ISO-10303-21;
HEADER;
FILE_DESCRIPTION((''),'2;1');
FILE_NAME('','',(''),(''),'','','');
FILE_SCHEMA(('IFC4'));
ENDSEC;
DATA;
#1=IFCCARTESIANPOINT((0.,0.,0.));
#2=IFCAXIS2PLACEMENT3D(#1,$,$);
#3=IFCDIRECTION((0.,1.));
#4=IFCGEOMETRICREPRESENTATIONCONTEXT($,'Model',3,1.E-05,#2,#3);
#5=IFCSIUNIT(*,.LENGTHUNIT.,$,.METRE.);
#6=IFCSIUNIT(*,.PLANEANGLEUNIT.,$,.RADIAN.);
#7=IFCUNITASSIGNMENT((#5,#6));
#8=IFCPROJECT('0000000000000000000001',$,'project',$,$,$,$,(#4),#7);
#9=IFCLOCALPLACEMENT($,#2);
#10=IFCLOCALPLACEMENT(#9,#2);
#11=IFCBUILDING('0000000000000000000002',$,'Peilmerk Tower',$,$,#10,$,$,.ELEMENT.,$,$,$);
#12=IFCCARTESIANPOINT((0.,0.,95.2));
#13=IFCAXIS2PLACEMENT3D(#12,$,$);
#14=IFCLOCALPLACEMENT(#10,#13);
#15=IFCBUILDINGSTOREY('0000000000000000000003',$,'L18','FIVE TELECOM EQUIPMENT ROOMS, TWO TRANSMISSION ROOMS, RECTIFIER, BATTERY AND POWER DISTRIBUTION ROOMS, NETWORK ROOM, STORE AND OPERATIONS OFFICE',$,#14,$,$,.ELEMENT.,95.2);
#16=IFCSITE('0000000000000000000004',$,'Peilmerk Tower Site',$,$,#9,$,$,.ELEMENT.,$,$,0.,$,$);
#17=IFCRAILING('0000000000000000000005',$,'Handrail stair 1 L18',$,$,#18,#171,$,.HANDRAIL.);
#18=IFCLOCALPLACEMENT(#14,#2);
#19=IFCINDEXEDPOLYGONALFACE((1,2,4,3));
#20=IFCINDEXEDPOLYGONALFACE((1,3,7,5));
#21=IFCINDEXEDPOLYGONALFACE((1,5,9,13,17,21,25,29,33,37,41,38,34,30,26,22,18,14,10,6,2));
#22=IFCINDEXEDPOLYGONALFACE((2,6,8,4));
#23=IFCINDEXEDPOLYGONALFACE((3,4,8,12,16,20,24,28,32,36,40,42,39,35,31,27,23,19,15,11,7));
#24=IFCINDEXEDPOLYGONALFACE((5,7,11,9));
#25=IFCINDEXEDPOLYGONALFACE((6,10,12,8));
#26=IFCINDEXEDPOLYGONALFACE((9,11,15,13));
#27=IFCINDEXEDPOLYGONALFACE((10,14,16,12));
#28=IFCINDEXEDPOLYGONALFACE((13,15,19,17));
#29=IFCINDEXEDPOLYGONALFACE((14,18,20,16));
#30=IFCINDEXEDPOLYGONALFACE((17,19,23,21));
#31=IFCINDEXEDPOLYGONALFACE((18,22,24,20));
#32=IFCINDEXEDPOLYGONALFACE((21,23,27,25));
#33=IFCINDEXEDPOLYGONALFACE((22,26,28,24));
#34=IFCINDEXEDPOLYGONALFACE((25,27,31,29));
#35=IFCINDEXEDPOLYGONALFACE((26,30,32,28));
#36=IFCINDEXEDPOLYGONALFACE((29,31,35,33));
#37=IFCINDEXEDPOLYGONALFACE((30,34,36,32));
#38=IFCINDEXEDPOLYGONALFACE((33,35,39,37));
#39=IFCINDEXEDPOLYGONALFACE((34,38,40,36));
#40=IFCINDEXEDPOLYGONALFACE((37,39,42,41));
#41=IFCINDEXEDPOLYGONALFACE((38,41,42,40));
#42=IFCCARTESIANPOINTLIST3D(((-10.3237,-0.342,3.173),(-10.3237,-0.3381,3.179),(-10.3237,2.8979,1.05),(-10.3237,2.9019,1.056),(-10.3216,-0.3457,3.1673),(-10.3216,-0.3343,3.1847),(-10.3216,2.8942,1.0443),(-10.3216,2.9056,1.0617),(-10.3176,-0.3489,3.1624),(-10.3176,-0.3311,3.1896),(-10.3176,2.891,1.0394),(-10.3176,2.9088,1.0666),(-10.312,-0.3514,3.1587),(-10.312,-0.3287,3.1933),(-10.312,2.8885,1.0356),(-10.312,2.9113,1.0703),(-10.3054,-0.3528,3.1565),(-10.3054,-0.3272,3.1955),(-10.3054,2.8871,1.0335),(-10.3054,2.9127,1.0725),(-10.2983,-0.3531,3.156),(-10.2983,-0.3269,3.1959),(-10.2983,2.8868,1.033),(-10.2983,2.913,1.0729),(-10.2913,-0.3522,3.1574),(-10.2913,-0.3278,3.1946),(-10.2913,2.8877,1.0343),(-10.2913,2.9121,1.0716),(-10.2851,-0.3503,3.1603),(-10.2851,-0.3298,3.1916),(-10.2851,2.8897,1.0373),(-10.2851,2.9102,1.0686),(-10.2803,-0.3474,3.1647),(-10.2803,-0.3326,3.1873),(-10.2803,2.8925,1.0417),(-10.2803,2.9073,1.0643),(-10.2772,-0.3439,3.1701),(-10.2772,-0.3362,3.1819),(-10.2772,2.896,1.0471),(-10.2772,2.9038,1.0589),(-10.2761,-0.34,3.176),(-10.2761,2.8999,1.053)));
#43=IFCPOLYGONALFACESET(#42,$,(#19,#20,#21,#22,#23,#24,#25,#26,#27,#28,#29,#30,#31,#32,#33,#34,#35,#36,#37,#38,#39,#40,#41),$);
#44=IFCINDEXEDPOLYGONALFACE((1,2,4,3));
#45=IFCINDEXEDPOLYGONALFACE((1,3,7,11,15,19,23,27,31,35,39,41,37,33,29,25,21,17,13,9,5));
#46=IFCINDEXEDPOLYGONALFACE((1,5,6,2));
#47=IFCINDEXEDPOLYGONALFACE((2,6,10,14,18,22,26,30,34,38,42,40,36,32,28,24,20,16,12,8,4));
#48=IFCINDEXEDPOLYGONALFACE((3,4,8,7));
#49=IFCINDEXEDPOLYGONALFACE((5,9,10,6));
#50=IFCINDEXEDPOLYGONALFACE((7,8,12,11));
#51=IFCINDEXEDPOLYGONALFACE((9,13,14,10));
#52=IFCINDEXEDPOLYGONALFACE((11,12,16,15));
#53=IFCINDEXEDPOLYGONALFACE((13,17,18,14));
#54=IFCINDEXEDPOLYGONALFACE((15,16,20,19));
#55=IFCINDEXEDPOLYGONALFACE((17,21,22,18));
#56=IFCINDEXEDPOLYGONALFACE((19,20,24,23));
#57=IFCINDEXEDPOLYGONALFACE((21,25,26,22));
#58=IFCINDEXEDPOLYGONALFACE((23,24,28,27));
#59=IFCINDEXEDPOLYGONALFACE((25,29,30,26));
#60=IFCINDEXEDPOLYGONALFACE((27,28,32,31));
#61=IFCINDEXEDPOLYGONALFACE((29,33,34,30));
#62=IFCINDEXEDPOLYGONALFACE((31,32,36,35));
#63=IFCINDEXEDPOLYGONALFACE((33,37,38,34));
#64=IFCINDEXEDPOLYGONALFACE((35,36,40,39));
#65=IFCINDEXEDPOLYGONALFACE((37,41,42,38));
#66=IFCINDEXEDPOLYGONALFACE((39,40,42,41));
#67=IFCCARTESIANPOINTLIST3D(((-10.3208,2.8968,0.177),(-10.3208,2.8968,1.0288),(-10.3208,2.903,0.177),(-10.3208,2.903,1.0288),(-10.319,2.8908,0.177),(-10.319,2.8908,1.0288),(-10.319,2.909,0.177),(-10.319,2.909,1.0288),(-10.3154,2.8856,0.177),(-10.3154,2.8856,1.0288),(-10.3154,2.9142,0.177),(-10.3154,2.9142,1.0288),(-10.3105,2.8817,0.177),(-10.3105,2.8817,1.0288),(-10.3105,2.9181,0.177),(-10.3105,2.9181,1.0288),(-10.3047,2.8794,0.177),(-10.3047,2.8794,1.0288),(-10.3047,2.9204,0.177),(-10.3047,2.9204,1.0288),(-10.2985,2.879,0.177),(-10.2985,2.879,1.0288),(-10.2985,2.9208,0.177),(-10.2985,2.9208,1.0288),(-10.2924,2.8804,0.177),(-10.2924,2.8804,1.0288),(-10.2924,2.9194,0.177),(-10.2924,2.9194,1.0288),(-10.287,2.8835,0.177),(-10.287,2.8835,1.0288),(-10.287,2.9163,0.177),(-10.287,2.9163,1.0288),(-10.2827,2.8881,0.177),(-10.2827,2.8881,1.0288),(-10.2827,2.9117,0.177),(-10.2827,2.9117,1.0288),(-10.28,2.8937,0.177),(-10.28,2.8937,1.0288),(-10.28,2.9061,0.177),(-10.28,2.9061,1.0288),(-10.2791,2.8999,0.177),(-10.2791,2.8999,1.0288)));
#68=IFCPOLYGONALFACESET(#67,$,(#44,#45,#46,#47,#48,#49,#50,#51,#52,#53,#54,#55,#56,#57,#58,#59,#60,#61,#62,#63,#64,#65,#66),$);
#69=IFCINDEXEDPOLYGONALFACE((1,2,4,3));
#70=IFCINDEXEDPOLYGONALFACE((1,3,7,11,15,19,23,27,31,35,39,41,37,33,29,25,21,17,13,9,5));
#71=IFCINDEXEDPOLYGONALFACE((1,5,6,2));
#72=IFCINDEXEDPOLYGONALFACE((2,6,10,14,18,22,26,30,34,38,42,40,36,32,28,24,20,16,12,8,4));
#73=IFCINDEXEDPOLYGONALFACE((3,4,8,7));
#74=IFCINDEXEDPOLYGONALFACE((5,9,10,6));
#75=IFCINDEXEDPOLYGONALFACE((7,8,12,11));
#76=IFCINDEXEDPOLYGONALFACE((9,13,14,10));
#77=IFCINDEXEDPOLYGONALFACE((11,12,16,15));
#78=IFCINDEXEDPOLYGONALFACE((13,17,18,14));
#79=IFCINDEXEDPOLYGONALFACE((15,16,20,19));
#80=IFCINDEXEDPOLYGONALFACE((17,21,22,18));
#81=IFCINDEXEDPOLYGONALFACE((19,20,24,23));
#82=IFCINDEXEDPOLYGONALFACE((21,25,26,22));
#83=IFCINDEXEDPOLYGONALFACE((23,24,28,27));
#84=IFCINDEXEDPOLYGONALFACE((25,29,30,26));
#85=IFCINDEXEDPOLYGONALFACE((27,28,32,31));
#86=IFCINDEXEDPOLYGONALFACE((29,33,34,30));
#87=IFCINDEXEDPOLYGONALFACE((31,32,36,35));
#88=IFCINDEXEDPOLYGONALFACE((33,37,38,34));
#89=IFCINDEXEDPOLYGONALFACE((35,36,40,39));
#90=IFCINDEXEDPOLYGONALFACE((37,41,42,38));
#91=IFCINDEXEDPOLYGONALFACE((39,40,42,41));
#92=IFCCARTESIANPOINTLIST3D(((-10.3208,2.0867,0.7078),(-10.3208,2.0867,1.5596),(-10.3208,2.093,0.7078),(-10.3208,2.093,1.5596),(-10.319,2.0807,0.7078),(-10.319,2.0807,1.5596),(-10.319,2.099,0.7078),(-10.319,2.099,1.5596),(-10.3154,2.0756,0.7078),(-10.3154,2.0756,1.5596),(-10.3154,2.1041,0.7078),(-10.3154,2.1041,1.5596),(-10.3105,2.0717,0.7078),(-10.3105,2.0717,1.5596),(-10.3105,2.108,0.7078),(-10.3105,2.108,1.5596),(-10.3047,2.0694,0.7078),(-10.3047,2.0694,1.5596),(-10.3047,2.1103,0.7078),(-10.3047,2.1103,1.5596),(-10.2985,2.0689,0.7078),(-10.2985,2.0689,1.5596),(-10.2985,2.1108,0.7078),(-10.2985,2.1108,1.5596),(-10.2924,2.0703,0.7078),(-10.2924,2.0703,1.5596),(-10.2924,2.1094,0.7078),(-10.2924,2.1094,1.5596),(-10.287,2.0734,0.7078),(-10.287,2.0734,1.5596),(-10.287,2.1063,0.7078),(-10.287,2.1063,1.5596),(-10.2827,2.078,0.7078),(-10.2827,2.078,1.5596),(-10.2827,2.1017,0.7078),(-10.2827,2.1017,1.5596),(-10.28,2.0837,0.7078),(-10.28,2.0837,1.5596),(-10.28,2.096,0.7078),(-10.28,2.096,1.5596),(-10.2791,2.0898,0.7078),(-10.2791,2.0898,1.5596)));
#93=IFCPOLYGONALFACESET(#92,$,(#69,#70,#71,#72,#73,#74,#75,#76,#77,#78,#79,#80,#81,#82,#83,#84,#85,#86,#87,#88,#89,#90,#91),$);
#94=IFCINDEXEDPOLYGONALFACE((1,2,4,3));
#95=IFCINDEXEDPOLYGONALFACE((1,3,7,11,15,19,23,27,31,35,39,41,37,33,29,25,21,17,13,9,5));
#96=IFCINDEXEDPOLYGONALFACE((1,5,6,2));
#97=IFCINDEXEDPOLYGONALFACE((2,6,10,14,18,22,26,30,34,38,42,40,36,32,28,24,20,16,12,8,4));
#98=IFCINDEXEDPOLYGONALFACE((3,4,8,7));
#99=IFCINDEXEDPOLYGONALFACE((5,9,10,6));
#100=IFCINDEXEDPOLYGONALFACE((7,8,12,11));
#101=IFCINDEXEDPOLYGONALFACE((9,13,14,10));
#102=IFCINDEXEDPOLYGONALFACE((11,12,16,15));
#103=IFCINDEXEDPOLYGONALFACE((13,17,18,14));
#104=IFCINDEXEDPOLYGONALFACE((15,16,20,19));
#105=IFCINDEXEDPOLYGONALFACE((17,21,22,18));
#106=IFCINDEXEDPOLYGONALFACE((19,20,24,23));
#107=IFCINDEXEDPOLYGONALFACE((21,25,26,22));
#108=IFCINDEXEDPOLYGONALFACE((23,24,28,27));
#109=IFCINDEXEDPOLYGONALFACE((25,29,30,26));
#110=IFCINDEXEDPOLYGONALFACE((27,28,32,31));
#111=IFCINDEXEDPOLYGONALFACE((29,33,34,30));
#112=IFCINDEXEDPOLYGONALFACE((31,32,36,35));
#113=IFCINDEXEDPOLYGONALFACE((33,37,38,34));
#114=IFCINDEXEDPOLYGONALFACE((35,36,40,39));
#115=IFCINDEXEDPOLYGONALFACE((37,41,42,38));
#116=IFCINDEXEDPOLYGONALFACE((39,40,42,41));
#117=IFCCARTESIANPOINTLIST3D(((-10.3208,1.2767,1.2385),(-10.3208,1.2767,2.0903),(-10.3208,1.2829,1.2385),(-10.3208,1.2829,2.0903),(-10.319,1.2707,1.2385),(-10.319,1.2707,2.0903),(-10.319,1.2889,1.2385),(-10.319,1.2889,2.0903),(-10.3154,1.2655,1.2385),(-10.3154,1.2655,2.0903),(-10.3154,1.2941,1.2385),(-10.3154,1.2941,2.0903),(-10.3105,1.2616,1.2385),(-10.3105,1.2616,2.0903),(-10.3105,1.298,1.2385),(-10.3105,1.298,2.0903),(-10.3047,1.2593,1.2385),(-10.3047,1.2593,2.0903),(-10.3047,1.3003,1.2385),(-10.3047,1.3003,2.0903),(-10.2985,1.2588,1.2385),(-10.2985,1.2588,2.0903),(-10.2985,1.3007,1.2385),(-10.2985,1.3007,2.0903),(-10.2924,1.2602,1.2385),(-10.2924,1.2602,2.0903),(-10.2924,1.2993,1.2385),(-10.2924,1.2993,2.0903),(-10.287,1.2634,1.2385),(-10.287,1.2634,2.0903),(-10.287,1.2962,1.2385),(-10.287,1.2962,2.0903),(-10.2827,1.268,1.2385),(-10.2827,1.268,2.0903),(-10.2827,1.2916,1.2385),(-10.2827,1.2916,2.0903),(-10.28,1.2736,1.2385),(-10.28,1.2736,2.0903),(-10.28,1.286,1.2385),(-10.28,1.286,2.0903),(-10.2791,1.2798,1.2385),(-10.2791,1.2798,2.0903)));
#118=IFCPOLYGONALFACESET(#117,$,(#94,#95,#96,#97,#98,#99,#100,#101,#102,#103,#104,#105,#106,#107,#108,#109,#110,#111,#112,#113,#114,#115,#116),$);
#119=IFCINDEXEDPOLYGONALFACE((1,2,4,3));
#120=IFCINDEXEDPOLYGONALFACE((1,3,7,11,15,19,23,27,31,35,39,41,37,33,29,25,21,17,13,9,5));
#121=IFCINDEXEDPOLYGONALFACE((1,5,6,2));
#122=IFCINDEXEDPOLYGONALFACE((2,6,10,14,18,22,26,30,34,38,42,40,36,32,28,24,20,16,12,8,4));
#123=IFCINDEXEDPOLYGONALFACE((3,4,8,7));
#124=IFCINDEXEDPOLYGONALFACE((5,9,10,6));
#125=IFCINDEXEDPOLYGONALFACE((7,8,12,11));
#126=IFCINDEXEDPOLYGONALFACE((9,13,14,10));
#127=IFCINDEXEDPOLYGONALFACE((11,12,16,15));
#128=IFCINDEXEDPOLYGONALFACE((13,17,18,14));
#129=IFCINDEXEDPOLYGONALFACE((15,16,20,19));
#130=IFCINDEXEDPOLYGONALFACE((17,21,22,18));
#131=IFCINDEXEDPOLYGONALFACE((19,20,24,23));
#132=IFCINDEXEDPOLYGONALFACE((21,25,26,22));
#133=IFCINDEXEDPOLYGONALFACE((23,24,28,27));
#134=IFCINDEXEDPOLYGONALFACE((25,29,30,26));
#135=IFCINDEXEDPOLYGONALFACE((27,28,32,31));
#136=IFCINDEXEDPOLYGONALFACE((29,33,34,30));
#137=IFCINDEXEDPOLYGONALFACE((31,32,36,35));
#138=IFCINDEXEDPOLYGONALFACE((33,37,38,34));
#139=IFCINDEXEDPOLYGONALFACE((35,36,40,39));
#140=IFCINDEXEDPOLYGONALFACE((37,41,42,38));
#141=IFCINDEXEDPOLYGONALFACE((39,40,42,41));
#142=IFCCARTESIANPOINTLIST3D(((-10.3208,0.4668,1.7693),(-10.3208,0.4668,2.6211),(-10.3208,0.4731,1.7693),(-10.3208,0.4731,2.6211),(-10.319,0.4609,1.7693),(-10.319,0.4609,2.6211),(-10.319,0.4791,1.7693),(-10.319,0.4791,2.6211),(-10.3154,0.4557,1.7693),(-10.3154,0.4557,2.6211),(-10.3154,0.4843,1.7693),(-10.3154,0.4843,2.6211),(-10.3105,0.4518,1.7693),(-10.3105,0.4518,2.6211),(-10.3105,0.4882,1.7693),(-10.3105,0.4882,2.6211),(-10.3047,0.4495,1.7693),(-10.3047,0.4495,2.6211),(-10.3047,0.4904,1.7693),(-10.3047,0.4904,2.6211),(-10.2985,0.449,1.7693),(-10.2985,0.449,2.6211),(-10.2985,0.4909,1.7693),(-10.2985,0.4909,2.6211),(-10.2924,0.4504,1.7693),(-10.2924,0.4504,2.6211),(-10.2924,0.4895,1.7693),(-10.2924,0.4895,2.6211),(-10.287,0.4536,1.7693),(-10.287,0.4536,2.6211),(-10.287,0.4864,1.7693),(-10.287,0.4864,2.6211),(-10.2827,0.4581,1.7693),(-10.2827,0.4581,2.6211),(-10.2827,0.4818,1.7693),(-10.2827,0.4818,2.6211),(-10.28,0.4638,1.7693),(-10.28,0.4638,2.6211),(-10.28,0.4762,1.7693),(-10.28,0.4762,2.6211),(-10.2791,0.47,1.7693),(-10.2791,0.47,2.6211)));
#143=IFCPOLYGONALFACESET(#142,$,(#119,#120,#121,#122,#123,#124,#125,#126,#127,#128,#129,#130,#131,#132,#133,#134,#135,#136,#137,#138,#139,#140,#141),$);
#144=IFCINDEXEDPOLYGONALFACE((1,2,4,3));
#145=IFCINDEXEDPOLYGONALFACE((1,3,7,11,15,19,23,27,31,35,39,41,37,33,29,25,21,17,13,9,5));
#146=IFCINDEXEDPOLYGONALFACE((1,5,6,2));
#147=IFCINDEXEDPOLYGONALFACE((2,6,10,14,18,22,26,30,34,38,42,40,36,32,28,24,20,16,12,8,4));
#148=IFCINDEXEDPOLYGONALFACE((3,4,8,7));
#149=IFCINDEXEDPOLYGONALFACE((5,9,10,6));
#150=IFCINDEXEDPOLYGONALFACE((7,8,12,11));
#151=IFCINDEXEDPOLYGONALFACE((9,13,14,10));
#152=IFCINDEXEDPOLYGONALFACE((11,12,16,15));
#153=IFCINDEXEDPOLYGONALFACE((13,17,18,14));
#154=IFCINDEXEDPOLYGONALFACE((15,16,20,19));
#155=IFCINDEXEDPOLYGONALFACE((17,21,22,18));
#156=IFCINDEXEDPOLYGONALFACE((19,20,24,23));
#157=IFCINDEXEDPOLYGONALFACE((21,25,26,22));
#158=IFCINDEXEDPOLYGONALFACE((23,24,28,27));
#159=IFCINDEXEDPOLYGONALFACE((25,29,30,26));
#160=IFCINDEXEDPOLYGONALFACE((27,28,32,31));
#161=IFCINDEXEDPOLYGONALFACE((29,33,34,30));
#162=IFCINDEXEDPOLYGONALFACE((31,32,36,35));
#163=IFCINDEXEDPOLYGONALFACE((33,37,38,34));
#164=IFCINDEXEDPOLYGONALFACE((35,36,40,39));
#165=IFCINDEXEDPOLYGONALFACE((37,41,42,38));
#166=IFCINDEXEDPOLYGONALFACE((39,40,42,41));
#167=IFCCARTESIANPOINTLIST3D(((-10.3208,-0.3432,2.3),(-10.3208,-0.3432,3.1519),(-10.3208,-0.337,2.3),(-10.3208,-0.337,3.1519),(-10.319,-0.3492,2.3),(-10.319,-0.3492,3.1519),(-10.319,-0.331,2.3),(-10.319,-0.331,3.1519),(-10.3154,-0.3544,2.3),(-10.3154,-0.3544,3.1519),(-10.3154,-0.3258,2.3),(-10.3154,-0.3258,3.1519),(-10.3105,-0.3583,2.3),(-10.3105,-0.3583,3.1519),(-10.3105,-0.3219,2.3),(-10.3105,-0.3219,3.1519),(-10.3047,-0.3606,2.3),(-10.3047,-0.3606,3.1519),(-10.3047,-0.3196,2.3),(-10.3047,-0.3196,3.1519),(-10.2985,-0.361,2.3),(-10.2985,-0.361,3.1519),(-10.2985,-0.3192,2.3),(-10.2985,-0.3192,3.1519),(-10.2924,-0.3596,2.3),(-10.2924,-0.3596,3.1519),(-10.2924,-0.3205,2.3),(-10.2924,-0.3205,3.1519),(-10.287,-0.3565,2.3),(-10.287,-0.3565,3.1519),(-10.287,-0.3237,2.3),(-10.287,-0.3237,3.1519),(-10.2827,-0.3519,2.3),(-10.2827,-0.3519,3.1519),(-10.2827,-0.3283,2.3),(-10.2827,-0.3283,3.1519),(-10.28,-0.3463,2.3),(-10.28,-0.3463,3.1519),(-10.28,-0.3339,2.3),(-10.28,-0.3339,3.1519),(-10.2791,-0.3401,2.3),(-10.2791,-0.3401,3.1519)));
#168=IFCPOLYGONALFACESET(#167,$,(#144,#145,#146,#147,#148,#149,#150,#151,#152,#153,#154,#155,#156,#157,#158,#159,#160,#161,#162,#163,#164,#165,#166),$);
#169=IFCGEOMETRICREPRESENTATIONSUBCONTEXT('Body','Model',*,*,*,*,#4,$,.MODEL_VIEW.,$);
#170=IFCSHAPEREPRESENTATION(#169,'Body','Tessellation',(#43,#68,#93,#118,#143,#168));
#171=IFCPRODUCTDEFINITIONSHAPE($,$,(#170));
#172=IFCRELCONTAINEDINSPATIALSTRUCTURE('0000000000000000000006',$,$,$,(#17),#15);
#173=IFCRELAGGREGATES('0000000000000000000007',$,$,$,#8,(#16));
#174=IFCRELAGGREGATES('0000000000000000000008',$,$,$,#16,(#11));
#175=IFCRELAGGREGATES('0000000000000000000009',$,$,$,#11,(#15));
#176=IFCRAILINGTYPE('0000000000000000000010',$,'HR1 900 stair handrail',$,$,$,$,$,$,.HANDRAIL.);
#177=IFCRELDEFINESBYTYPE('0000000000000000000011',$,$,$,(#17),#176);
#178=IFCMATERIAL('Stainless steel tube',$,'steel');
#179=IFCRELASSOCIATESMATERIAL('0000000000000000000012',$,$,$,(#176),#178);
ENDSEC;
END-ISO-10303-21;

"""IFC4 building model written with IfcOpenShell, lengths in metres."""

from ifc_helpers import new_model, si_unit, direction, frame, origin, origin_2d, place, context, subcontext, project, spatial, circle, extrude, material, type_object, element, save


model = new_model("IFC4")

# Units and contexts
model_context = context("Model", 3, precision=1e-05, world=origin(), true_north=direction((0.0, 1.0)))
body_context = subcontext(model_context, "Body", "Model", "MODEL_VIEW")
ifc_project = project(units=[si_unit("LENGTHUNIT", "METRE"), si_unit("PLANEANGLEUNIT", "RADIAN")], contexts=[model_context])

# Site, building, storey
site_placement = place(None, origin())
site = spatial("IfcSite", under=ifc_project, at=site_placement, Name="Peilmerk Tower Site", CompositionType="ELEMENT", RefElevation=0.0)
building_placement = place(site_placement, origin())
building = spatial("IfcBuilding", under=site, at=building_placement, Name="Peilmerk Tower", CompositionType="ELEMENT")
storey_placement = place(building_placement, frame((0.0, 0.0, 95.2)))
storey = spatial("IfcBuildingStorey", under=building, at=storey_placement, Name="L18", Description="FIVE TELECOM EQUIPMENT ROOMS, TWO TRANSMISSION ROOMS, RECTIFIER, BATTERY AND POWER DISTRIBUTION ROOMS, NETWORK ROOM, STORE AND OPERATIONS OFFICE", CompositionType="ELEMENT", Elevation=95.2)

# Railing
ifc_material_1 = material(Name="Stainless steel tube", Category="steel")
railing_type_1 = type_object("IfcRailingType", Name="HR1 900 stair handrail", PredefinedType="HANDRAIL", material=ifc_material_1)
railing_1_placement = place(storey_placement, frame((-10.3, 2.8999, 0.177)))
element("IfcRailing", 1, at=railing_1_placement, inside=storey, type_object=railing_type_1, Name="Handrail stair 1 L18", PredefinedType="HANDRAIL", context=body_context, shape_type="SweptSolid", body=[
    extrude(circle(Radius=0.0239, at=origin_2d()), frame((0.0, 0.0, 0.876), z_axis=(0.0, -0.836426, 0.548079), x_axis=(1.0, 0.0, 0.0)), (0.0, 0.0, 1.0), 3.8735),
    extrude(circle(Radius=0.021, at=origin_2d()), origin(), (0.0, 0.0, 1.0), 0.8518),
    extrude(circle(Radius=0.021, at=origin_2d()), frame((0.0, -0.8101, 0.5308)), (0.0, 0.0, 1.0), 0.8518),
    extrude(circle(Radius=0.021, at=origin_2d()), frame((0.0, -1.6201, 1.0615)), (0.0, 0.0, 1.0), 0.8518),
    extrude(circle(Radius=0.021, at=origin_2d()), frame((0.0, -2.4299, 1.5923)), (0.0, 0.0, 1.0), 0.8518),
    extrude(circle(Radius=0.021, at=origin_2d()), frame((0.0, -3.24, 2.123)), (0.0, 0.0, 1.0), 0.8518),
])

save(model, "model.ifc")
